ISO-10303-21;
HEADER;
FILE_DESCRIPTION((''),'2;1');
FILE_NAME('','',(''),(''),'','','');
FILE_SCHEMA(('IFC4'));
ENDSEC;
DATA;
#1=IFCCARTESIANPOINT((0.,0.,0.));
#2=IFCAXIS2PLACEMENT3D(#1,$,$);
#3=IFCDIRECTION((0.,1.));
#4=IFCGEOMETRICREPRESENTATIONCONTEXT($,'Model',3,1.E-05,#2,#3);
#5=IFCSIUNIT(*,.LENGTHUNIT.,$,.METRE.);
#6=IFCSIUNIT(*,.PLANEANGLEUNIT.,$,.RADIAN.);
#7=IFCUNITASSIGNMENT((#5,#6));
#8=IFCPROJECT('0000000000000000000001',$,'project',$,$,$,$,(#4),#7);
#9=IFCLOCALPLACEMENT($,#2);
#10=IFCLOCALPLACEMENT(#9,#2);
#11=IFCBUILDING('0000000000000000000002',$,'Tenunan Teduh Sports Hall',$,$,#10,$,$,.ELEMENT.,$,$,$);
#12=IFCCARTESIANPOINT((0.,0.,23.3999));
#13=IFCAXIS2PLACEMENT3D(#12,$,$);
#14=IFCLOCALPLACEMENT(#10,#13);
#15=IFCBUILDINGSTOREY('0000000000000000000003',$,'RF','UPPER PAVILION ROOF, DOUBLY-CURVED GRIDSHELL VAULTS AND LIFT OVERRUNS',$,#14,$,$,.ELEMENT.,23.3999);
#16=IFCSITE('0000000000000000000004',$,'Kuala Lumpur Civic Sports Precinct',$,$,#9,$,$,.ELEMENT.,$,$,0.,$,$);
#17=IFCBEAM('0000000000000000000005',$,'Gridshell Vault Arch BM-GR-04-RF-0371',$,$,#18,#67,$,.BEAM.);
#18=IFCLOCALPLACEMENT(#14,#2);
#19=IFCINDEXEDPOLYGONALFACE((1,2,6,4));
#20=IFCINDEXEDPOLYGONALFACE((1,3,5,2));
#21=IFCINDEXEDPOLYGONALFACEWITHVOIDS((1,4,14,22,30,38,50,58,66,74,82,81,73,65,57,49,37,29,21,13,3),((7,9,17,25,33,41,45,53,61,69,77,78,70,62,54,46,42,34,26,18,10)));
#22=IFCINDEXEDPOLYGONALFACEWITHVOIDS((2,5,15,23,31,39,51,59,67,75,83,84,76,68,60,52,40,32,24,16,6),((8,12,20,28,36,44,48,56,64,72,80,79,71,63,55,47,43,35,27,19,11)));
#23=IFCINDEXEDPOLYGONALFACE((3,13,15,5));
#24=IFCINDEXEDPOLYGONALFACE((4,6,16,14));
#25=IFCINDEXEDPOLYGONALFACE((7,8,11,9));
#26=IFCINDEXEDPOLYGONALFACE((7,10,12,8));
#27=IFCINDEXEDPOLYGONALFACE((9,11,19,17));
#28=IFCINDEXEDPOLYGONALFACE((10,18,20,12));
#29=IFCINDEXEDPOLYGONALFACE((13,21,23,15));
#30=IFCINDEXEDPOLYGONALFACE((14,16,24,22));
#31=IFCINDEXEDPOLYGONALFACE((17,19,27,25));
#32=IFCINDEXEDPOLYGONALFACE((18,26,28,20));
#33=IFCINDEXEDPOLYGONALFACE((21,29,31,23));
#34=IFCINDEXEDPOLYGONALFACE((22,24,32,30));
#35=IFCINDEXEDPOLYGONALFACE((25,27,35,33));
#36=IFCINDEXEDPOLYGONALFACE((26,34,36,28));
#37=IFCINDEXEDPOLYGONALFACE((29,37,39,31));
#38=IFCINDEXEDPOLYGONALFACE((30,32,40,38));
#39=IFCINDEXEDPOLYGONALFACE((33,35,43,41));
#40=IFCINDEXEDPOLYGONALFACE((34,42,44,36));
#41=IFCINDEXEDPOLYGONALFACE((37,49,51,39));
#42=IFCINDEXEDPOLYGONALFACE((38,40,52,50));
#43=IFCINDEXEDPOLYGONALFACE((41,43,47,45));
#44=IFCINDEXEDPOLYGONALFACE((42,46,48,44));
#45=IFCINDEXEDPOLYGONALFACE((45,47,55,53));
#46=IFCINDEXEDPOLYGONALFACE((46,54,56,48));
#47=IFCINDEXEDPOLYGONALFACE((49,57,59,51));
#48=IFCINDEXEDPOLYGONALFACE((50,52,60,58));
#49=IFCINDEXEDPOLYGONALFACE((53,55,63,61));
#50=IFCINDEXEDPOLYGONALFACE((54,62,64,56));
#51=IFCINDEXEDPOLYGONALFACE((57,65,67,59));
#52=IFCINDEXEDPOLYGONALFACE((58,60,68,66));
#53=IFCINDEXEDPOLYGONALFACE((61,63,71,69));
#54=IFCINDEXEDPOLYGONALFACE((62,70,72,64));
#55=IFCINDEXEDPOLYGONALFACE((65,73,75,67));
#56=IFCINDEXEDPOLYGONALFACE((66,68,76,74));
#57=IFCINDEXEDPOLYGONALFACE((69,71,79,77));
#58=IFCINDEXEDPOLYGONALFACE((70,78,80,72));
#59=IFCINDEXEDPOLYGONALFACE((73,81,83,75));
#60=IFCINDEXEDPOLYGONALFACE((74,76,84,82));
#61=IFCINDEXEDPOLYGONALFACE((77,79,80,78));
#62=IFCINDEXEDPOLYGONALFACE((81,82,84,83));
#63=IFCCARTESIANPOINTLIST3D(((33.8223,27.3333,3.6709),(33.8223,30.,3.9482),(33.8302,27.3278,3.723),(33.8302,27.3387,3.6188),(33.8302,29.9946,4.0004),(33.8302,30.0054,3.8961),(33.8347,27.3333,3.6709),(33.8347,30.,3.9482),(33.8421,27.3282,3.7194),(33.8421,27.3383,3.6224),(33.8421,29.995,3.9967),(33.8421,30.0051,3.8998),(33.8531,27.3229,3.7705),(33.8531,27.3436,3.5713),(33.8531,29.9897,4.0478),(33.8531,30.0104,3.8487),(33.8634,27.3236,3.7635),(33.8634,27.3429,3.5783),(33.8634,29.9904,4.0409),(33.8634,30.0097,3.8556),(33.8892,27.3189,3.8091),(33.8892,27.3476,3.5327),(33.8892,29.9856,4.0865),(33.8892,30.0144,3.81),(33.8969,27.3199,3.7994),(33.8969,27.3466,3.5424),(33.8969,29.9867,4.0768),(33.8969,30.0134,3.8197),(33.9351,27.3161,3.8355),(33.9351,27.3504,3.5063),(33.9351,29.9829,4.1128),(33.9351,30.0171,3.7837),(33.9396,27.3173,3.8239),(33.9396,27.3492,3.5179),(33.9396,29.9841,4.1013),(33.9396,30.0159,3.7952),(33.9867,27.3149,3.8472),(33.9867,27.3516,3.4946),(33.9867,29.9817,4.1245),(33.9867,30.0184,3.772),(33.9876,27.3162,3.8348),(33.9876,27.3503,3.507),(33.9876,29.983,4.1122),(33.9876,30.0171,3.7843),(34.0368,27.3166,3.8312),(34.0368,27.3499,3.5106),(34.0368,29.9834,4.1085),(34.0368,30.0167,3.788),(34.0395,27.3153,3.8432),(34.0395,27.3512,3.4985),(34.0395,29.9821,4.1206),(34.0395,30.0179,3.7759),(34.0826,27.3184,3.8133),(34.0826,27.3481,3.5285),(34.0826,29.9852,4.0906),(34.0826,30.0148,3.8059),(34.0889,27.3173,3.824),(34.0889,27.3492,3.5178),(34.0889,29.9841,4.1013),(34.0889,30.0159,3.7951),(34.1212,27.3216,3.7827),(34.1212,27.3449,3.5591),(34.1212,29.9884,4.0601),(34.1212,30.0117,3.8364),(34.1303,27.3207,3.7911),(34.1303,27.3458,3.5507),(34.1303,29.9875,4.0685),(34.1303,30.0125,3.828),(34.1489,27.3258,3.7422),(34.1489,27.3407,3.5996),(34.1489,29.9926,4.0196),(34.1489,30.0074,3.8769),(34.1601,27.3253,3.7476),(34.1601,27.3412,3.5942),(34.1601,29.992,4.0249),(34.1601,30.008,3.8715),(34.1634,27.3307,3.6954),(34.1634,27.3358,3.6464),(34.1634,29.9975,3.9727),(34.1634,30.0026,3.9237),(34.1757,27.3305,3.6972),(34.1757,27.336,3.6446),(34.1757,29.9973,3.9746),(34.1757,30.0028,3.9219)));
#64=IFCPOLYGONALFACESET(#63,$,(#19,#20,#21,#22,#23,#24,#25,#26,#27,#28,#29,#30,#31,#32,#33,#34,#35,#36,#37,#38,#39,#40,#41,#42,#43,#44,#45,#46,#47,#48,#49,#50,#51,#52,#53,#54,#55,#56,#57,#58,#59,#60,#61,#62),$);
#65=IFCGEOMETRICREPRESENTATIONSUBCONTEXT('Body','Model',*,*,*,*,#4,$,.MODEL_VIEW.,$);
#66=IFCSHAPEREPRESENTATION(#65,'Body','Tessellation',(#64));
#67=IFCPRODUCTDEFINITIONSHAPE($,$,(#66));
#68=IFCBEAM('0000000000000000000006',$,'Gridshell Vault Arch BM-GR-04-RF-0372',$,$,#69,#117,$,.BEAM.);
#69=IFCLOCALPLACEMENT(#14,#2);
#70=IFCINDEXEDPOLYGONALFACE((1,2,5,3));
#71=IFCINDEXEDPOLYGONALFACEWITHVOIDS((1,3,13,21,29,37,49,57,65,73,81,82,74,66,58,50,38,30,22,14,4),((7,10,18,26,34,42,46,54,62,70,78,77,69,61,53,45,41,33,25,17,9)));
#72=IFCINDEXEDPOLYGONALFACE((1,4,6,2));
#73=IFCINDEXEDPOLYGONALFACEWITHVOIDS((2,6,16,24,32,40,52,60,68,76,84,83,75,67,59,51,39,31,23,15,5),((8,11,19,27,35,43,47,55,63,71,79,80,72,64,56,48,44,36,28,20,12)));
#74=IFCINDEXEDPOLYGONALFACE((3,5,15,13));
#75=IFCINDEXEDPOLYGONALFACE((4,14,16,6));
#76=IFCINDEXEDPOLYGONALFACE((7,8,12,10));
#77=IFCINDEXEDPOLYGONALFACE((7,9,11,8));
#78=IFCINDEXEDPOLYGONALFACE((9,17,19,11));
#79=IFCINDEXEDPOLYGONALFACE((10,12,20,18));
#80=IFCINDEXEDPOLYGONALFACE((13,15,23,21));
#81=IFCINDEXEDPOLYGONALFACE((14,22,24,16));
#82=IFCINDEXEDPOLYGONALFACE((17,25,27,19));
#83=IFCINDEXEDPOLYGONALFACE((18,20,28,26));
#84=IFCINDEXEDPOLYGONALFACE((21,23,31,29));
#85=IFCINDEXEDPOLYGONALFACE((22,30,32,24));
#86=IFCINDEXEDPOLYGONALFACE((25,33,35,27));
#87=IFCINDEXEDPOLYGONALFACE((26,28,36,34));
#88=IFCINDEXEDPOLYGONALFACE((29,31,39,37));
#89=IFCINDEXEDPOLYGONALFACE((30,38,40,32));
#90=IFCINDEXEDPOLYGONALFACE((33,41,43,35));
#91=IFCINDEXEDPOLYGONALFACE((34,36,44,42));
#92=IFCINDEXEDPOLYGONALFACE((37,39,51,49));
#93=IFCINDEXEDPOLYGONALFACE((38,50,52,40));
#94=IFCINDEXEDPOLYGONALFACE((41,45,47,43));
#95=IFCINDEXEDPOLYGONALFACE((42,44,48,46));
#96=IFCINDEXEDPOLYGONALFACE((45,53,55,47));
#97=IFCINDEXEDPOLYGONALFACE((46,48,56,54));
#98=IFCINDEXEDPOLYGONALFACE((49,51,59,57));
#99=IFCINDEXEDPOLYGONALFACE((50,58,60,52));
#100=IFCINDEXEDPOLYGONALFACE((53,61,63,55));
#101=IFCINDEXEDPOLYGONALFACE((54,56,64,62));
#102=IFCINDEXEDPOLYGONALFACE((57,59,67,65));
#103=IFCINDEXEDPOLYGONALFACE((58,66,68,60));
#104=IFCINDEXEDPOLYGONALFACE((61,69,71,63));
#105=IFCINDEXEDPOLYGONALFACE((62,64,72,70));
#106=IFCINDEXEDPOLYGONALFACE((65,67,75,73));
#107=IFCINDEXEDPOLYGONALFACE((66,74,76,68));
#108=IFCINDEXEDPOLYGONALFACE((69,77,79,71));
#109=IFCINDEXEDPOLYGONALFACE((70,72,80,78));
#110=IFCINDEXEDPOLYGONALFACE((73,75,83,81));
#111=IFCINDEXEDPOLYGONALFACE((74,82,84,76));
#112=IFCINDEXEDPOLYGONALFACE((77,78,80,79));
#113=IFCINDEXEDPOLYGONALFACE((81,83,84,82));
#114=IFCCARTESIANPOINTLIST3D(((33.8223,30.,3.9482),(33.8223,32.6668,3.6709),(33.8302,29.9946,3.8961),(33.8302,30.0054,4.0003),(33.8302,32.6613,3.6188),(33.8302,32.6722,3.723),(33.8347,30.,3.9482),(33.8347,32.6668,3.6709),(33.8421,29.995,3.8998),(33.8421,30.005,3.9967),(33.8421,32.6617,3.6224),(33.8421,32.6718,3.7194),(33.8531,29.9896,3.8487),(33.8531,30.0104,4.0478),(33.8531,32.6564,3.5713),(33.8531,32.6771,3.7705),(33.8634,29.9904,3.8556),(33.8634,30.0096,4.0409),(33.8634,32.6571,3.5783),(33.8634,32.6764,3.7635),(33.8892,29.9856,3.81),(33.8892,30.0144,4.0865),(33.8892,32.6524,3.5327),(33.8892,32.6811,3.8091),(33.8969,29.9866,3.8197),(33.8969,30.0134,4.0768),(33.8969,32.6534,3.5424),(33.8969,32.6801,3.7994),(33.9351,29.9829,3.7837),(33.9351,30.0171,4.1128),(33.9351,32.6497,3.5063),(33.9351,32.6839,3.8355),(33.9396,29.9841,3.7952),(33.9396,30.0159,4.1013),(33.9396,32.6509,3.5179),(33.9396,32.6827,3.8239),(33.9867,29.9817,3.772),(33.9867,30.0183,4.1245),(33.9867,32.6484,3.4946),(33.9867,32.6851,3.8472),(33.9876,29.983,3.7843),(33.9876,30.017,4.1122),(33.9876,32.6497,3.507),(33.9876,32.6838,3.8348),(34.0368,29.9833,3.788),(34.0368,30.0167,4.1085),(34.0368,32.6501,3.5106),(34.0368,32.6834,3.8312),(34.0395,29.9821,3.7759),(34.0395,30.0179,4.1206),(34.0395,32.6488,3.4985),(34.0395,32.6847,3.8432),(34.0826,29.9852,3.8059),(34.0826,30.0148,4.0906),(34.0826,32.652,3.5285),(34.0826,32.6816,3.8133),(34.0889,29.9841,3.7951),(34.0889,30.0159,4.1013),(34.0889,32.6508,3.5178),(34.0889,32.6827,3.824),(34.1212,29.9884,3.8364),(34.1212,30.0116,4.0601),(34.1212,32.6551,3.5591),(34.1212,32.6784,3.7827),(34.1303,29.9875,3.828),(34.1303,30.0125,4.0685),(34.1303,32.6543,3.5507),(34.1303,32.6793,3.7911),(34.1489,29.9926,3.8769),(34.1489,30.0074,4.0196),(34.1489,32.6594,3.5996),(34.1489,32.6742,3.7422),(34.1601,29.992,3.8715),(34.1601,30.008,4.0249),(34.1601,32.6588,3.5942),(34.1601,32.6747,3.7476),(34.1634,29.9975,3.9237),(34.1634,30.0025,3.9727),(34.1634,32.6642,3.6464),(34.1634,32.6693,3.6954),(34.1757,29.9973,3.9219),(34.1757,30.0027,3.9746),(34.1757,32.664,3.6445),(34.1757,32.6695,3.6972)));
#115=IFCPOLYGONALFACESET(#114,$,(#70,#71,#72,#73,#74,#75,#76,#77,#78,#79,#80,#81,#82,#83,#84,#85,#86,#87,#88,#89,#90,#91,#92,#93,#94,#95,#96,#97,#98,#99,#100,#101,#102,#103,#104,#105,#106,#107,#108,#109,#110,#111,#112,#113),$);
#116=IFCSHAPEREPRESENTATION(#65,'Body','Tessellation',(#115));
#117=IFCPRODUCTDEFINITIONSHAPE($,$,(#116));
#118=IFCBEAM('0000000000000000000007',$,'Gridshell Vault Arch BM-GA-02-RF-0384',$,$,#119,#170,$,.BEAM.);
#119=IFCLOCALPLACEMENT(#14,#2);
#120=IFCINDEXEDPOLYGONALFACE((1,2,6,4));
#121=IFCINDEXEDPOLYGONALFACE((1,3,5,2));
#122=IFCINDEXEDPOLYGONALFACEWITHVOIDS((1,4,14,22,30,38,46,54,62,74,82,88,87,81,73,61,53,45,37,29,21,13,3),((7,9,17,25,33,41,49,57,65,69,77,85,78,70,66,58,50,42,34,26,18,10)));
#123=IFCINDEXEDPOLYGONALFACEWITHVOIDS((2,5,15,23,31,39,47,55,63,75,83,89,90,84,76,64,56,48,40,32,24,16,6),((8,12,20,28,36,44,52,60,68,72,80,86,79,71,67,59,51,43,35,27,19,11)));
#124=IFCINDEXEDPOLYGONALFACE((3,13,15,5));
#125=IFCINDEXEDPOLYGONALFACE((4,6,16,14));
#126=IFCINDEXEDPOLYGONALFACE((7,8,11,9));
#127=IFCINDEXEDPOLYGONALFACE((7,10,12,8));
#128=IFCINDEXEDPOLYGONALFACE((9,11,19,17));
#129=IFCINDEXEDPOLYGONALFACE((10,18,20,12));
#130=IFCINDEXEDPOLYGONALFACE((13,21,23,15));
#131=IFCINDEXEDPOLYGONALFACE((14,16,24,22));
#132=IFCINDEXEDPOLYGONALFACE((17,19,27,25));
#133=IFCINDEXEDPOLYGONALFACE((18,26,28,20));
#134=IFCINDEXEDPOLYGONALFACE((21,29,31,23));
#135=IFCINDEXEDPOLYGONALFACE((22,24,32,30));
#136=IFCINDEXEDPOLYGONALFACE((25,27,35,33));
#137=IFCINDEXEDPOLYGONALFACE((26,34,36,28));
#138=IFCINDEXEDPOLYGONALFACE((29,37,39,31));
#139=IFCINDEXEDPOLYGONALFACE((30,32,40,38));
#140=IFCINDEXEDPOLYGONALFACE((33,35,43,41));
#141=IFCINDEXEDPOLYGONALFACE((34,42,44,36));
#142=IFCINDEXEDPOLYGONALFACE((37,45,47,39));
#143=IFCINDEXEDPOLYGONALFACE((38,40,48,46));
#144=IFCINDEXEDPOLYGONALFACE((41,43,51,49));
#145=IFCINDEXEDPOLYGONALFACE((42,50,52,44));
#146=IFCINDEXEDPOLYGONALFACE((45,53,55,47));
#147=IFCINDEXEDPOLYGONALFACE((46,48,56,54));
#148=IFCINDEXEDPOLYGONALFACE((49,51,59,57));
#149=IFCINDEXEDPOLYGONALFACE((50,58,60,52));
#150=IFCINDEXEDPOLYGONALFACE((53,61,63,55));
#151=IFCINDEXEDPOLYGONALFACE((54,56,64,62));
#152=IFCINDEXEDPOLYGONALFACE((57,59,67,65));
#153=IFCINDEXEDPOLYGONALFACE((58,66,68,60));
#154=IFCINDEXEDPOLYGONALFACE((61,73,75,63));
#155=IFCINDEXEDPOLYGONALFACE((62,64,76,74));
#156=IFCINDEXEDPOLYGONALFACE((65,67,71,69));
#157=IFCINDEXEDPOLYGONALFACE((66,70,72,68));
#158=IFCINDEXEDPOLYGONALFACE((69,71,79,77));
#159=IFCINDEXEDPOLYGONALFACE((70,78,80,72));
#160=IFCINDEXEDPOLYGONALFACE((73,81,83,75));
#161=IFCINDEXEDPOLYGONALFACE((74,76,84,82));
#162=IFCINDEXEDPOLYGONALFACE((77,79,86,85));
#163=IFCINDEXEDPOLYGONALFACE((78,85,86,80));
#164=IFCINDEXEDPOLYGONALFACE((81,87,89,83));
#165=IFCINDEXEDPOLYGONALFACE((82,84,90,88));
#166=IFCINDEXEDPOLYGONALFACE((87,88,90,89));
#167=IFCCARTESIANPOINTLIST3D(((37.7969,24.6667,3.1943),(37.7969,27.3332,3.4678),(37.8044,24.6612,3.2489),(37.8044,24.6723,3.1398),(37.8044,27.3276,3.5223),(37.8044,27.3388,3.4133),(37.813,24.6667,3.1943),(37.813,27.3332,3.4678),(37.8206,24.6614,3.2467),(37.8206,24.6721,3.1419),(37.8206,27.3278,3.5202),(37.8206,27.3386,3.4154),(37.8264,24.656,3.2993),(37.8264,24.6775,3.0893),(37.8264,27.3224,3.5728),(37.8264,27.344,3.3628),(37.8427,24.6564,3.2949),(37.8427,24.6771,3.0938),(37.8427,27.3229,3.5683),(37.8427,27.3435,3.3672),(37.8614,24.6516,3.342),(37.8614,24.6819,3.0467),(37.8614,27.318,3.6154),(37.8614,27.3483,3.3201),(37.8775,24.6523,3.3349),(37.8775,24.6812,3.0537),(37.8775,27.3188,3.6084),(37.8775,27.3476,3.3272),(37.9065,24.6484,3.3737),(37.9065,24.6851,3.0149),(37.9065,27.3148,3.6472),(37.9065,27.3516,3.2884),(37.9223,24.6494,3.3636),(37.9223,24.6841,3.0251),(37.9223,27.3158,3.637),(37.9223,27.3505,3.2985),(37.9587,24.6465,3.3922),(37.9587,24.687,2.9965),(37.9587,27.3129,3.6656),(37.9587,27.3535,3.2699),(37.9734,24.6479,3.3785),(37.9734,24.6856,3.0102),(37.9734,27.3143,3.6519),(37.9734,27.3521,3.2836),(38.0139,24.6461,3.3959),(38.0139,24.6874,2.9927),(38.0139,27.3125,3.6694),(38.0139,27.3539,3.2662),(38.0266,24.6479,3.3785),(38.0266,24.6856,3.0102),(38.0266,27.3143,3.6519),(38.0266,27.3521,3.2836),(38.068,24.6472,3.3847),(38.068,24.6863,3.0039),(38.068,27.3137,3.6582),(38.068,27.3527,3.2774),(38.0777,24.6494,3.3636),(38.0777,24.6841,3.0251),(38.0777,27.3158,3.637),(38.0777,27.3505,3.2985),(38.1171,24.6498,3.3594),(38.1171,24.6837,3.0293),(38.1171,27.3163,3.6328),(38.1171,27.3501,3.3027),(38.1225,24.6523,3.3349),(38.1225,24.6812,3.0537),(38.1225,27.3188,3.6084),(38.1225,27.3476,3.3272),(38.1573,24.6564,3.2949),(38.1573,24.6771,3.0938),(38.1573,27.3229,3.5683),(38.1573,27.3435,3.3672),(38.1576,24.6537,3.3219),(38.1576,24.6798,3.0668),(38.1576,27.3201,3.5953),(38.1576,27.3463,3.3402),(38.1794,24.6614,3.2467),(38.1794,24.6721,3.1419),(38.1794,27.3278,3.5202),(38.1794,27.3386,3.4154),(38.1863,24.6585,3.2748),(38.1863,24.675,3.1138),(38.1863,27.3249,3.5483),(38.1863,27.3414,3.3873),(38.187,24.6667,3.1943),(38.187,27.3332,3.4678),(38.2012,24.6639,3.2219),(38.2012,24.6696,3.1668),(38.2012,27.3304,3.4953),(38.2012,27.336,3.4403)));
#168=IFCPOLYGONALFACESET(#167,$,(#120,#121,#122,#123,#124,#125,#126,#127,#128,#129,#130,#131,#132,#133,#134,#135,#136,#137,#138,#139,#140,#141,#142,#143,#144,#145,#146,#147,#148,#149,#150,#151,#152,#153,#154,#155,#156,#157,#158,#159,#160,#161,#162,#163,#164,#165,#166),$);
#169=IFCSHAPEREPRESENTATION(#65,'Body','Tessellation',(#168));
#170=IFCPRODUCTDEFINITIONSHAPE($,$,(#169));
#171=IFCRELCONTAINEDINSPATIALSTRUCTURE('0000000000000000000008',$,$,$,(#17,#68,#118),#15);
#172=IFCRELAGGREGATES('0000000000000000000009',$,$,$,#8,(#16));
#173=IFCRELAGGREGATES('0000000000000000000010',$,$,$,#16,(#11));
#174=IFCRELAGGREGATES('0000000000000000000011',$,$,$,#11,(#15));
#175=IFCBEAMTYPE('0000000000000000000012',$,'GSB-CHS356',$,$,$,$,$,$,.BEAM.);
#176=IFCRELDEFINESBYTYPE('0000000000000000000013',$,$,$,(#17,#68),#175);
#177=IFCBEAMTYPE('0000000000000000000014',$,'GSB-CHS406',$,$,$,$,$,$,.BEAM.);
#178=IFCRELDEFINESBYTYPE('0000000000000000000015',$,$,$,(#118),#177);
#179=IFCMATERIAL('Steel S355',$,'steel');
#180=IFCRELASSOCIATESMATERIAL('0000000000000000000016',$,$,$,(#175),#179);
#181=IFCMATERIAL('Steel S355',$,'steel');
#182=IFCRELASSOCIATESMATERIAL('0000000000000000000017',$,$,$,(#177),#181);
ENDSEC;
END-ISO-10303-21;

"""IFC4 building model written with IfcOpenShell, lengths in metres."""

from ifc_helpers import new_model, si_unit, direction, frame, origin, origin_2d, place, context, subcontext, project, spatial, hollow_circle, extrude, material, material_profile, profile_set, type_object, element, save


model = new_model("IFC4")

# Units and contexts
model_context = context("Model", 3, precision=1e-05, world=origin(), true_north=direction((0.0, 1.0)))
body_context = subcontext(model_context, "Body", "Model", "MODEL_VIEW")
ifc_project = project(units=[si_unit("LENGTHUNIT", "METRE"), si_unit("PLANEANGLEUNIT", "RADIAN")], contexts=[model_context])

# Site, building, storey
site_placement = place(None, origin())
site = spatial("IfcSite", under=ifc_project, at=site_placement, Name="Kuala Lumpur Civic Sports Precinct", CompositionType="ELEMENT", RefElevation=0.0)
building_placement = place(site_placement, origin())
building = spatial("IfcBuilding", under=site, at=building_placement, Name="Tenunan Teduh Sports Hall", CompositionType="ELEMENT")
storey_placement = place(building_placement, frame((0.0, 0.0, 23.3999)))
storey = spatial("IfcBuildingStorey", under=building, at=storey_placement, Name="RF", Description="UPPER PAVILION ROOF, DOUBLY-CURVED GRIDSHELL VAULTS AND LIFT OVERRUNS", CompositionType="ELEMENT", Elevation=23.3999)

# Beams
ifc_material_1 = material(Name="Steel S355", Category="steel")
ifc_material_profile_1 = material_profile(ifc_material_1, hollow_circle(Radius=0.1777, WallThickness=0.0125, at=origin_2d()), Name="CHS 355.6x12.5")
ifc_profile_set_1 = profile_set([ifc_material_profile_1], Name="Steel S355")
beam_type_1 = type_object("IfcBeamType", Name="GSB-CHS356", PredefinedType="BEAM", material=ifc_profile_set_1)
for number, where, z_axis, x_axis, name in (
    (1, (34.0, 27.3333, 3.6709), (0.0, 0.994635, 0.103443), (-1.0, 0.0, 0.0), "Gridshell Vault Arch BM-GR-04-RF-0371"),
    (2, (34.0, 30.0, 3.9482), (0.0, 0.994635, -0.103443), (-1.0, 0.0, 0.0), "Gridshell Vault Arch BM-GR-04-RF-0372"),
):
    element("IfcBeam", number, at=place(storey_placement, frame(where, z_axis=z_axis, x_axis=x_axis)), inside=storey, type_object=beam_type_1, Name=name, PredefinedType="BEAM", context=body_context, shape_type="SweptSolid", body=[
        extrude(hollow_circle(Radius=0.1777, WallThickness=0.0125, at=origin_2d()), origin(), (0.0, 0.0, 1.0), 2.6812),
    ])
ifc_material_2 = material(Name="Steel S355", Category="steel")
ifc_material_profile_2 = material_profile(ifc_material_2, hollow_circle(Radius=0.2031, WallThickness=0.0161, at=origin_2d()), Name="CHS 406.4x16.0")
ifc_profile_set_2 = profile_set([ifc_material_profile_2], Name="Steel S355")
beam_type_2 = type_object("IfcBeamType", Name="GSB-CHS406", PredefinedType="BEAM", material=ifc_profile_set_2)
beam_placement = place(storey_placement, frame((38.0, 24.6667, 3.1943), z_axis=(0.0, 0.994783, 0.10201), x_axis=(-1.0, 0.0, 0.0)))
element("IfcBeam", 3, at=beam_placement, inside=storey, type_object=beam_type_2, Name="Gridshell Vault Arch BM-GA-02-RF-0384", PredefinedType="BEAM", context=body_context, shape_type="SweptSolid", body=[
    extrude(hollow_circle(Radius=0.2031, WallThickness=0.0161, at=origin_2d()), origin(), (0.0, 0.0, 1.0), 2.6804),
])

save(model, "model.ifc")
